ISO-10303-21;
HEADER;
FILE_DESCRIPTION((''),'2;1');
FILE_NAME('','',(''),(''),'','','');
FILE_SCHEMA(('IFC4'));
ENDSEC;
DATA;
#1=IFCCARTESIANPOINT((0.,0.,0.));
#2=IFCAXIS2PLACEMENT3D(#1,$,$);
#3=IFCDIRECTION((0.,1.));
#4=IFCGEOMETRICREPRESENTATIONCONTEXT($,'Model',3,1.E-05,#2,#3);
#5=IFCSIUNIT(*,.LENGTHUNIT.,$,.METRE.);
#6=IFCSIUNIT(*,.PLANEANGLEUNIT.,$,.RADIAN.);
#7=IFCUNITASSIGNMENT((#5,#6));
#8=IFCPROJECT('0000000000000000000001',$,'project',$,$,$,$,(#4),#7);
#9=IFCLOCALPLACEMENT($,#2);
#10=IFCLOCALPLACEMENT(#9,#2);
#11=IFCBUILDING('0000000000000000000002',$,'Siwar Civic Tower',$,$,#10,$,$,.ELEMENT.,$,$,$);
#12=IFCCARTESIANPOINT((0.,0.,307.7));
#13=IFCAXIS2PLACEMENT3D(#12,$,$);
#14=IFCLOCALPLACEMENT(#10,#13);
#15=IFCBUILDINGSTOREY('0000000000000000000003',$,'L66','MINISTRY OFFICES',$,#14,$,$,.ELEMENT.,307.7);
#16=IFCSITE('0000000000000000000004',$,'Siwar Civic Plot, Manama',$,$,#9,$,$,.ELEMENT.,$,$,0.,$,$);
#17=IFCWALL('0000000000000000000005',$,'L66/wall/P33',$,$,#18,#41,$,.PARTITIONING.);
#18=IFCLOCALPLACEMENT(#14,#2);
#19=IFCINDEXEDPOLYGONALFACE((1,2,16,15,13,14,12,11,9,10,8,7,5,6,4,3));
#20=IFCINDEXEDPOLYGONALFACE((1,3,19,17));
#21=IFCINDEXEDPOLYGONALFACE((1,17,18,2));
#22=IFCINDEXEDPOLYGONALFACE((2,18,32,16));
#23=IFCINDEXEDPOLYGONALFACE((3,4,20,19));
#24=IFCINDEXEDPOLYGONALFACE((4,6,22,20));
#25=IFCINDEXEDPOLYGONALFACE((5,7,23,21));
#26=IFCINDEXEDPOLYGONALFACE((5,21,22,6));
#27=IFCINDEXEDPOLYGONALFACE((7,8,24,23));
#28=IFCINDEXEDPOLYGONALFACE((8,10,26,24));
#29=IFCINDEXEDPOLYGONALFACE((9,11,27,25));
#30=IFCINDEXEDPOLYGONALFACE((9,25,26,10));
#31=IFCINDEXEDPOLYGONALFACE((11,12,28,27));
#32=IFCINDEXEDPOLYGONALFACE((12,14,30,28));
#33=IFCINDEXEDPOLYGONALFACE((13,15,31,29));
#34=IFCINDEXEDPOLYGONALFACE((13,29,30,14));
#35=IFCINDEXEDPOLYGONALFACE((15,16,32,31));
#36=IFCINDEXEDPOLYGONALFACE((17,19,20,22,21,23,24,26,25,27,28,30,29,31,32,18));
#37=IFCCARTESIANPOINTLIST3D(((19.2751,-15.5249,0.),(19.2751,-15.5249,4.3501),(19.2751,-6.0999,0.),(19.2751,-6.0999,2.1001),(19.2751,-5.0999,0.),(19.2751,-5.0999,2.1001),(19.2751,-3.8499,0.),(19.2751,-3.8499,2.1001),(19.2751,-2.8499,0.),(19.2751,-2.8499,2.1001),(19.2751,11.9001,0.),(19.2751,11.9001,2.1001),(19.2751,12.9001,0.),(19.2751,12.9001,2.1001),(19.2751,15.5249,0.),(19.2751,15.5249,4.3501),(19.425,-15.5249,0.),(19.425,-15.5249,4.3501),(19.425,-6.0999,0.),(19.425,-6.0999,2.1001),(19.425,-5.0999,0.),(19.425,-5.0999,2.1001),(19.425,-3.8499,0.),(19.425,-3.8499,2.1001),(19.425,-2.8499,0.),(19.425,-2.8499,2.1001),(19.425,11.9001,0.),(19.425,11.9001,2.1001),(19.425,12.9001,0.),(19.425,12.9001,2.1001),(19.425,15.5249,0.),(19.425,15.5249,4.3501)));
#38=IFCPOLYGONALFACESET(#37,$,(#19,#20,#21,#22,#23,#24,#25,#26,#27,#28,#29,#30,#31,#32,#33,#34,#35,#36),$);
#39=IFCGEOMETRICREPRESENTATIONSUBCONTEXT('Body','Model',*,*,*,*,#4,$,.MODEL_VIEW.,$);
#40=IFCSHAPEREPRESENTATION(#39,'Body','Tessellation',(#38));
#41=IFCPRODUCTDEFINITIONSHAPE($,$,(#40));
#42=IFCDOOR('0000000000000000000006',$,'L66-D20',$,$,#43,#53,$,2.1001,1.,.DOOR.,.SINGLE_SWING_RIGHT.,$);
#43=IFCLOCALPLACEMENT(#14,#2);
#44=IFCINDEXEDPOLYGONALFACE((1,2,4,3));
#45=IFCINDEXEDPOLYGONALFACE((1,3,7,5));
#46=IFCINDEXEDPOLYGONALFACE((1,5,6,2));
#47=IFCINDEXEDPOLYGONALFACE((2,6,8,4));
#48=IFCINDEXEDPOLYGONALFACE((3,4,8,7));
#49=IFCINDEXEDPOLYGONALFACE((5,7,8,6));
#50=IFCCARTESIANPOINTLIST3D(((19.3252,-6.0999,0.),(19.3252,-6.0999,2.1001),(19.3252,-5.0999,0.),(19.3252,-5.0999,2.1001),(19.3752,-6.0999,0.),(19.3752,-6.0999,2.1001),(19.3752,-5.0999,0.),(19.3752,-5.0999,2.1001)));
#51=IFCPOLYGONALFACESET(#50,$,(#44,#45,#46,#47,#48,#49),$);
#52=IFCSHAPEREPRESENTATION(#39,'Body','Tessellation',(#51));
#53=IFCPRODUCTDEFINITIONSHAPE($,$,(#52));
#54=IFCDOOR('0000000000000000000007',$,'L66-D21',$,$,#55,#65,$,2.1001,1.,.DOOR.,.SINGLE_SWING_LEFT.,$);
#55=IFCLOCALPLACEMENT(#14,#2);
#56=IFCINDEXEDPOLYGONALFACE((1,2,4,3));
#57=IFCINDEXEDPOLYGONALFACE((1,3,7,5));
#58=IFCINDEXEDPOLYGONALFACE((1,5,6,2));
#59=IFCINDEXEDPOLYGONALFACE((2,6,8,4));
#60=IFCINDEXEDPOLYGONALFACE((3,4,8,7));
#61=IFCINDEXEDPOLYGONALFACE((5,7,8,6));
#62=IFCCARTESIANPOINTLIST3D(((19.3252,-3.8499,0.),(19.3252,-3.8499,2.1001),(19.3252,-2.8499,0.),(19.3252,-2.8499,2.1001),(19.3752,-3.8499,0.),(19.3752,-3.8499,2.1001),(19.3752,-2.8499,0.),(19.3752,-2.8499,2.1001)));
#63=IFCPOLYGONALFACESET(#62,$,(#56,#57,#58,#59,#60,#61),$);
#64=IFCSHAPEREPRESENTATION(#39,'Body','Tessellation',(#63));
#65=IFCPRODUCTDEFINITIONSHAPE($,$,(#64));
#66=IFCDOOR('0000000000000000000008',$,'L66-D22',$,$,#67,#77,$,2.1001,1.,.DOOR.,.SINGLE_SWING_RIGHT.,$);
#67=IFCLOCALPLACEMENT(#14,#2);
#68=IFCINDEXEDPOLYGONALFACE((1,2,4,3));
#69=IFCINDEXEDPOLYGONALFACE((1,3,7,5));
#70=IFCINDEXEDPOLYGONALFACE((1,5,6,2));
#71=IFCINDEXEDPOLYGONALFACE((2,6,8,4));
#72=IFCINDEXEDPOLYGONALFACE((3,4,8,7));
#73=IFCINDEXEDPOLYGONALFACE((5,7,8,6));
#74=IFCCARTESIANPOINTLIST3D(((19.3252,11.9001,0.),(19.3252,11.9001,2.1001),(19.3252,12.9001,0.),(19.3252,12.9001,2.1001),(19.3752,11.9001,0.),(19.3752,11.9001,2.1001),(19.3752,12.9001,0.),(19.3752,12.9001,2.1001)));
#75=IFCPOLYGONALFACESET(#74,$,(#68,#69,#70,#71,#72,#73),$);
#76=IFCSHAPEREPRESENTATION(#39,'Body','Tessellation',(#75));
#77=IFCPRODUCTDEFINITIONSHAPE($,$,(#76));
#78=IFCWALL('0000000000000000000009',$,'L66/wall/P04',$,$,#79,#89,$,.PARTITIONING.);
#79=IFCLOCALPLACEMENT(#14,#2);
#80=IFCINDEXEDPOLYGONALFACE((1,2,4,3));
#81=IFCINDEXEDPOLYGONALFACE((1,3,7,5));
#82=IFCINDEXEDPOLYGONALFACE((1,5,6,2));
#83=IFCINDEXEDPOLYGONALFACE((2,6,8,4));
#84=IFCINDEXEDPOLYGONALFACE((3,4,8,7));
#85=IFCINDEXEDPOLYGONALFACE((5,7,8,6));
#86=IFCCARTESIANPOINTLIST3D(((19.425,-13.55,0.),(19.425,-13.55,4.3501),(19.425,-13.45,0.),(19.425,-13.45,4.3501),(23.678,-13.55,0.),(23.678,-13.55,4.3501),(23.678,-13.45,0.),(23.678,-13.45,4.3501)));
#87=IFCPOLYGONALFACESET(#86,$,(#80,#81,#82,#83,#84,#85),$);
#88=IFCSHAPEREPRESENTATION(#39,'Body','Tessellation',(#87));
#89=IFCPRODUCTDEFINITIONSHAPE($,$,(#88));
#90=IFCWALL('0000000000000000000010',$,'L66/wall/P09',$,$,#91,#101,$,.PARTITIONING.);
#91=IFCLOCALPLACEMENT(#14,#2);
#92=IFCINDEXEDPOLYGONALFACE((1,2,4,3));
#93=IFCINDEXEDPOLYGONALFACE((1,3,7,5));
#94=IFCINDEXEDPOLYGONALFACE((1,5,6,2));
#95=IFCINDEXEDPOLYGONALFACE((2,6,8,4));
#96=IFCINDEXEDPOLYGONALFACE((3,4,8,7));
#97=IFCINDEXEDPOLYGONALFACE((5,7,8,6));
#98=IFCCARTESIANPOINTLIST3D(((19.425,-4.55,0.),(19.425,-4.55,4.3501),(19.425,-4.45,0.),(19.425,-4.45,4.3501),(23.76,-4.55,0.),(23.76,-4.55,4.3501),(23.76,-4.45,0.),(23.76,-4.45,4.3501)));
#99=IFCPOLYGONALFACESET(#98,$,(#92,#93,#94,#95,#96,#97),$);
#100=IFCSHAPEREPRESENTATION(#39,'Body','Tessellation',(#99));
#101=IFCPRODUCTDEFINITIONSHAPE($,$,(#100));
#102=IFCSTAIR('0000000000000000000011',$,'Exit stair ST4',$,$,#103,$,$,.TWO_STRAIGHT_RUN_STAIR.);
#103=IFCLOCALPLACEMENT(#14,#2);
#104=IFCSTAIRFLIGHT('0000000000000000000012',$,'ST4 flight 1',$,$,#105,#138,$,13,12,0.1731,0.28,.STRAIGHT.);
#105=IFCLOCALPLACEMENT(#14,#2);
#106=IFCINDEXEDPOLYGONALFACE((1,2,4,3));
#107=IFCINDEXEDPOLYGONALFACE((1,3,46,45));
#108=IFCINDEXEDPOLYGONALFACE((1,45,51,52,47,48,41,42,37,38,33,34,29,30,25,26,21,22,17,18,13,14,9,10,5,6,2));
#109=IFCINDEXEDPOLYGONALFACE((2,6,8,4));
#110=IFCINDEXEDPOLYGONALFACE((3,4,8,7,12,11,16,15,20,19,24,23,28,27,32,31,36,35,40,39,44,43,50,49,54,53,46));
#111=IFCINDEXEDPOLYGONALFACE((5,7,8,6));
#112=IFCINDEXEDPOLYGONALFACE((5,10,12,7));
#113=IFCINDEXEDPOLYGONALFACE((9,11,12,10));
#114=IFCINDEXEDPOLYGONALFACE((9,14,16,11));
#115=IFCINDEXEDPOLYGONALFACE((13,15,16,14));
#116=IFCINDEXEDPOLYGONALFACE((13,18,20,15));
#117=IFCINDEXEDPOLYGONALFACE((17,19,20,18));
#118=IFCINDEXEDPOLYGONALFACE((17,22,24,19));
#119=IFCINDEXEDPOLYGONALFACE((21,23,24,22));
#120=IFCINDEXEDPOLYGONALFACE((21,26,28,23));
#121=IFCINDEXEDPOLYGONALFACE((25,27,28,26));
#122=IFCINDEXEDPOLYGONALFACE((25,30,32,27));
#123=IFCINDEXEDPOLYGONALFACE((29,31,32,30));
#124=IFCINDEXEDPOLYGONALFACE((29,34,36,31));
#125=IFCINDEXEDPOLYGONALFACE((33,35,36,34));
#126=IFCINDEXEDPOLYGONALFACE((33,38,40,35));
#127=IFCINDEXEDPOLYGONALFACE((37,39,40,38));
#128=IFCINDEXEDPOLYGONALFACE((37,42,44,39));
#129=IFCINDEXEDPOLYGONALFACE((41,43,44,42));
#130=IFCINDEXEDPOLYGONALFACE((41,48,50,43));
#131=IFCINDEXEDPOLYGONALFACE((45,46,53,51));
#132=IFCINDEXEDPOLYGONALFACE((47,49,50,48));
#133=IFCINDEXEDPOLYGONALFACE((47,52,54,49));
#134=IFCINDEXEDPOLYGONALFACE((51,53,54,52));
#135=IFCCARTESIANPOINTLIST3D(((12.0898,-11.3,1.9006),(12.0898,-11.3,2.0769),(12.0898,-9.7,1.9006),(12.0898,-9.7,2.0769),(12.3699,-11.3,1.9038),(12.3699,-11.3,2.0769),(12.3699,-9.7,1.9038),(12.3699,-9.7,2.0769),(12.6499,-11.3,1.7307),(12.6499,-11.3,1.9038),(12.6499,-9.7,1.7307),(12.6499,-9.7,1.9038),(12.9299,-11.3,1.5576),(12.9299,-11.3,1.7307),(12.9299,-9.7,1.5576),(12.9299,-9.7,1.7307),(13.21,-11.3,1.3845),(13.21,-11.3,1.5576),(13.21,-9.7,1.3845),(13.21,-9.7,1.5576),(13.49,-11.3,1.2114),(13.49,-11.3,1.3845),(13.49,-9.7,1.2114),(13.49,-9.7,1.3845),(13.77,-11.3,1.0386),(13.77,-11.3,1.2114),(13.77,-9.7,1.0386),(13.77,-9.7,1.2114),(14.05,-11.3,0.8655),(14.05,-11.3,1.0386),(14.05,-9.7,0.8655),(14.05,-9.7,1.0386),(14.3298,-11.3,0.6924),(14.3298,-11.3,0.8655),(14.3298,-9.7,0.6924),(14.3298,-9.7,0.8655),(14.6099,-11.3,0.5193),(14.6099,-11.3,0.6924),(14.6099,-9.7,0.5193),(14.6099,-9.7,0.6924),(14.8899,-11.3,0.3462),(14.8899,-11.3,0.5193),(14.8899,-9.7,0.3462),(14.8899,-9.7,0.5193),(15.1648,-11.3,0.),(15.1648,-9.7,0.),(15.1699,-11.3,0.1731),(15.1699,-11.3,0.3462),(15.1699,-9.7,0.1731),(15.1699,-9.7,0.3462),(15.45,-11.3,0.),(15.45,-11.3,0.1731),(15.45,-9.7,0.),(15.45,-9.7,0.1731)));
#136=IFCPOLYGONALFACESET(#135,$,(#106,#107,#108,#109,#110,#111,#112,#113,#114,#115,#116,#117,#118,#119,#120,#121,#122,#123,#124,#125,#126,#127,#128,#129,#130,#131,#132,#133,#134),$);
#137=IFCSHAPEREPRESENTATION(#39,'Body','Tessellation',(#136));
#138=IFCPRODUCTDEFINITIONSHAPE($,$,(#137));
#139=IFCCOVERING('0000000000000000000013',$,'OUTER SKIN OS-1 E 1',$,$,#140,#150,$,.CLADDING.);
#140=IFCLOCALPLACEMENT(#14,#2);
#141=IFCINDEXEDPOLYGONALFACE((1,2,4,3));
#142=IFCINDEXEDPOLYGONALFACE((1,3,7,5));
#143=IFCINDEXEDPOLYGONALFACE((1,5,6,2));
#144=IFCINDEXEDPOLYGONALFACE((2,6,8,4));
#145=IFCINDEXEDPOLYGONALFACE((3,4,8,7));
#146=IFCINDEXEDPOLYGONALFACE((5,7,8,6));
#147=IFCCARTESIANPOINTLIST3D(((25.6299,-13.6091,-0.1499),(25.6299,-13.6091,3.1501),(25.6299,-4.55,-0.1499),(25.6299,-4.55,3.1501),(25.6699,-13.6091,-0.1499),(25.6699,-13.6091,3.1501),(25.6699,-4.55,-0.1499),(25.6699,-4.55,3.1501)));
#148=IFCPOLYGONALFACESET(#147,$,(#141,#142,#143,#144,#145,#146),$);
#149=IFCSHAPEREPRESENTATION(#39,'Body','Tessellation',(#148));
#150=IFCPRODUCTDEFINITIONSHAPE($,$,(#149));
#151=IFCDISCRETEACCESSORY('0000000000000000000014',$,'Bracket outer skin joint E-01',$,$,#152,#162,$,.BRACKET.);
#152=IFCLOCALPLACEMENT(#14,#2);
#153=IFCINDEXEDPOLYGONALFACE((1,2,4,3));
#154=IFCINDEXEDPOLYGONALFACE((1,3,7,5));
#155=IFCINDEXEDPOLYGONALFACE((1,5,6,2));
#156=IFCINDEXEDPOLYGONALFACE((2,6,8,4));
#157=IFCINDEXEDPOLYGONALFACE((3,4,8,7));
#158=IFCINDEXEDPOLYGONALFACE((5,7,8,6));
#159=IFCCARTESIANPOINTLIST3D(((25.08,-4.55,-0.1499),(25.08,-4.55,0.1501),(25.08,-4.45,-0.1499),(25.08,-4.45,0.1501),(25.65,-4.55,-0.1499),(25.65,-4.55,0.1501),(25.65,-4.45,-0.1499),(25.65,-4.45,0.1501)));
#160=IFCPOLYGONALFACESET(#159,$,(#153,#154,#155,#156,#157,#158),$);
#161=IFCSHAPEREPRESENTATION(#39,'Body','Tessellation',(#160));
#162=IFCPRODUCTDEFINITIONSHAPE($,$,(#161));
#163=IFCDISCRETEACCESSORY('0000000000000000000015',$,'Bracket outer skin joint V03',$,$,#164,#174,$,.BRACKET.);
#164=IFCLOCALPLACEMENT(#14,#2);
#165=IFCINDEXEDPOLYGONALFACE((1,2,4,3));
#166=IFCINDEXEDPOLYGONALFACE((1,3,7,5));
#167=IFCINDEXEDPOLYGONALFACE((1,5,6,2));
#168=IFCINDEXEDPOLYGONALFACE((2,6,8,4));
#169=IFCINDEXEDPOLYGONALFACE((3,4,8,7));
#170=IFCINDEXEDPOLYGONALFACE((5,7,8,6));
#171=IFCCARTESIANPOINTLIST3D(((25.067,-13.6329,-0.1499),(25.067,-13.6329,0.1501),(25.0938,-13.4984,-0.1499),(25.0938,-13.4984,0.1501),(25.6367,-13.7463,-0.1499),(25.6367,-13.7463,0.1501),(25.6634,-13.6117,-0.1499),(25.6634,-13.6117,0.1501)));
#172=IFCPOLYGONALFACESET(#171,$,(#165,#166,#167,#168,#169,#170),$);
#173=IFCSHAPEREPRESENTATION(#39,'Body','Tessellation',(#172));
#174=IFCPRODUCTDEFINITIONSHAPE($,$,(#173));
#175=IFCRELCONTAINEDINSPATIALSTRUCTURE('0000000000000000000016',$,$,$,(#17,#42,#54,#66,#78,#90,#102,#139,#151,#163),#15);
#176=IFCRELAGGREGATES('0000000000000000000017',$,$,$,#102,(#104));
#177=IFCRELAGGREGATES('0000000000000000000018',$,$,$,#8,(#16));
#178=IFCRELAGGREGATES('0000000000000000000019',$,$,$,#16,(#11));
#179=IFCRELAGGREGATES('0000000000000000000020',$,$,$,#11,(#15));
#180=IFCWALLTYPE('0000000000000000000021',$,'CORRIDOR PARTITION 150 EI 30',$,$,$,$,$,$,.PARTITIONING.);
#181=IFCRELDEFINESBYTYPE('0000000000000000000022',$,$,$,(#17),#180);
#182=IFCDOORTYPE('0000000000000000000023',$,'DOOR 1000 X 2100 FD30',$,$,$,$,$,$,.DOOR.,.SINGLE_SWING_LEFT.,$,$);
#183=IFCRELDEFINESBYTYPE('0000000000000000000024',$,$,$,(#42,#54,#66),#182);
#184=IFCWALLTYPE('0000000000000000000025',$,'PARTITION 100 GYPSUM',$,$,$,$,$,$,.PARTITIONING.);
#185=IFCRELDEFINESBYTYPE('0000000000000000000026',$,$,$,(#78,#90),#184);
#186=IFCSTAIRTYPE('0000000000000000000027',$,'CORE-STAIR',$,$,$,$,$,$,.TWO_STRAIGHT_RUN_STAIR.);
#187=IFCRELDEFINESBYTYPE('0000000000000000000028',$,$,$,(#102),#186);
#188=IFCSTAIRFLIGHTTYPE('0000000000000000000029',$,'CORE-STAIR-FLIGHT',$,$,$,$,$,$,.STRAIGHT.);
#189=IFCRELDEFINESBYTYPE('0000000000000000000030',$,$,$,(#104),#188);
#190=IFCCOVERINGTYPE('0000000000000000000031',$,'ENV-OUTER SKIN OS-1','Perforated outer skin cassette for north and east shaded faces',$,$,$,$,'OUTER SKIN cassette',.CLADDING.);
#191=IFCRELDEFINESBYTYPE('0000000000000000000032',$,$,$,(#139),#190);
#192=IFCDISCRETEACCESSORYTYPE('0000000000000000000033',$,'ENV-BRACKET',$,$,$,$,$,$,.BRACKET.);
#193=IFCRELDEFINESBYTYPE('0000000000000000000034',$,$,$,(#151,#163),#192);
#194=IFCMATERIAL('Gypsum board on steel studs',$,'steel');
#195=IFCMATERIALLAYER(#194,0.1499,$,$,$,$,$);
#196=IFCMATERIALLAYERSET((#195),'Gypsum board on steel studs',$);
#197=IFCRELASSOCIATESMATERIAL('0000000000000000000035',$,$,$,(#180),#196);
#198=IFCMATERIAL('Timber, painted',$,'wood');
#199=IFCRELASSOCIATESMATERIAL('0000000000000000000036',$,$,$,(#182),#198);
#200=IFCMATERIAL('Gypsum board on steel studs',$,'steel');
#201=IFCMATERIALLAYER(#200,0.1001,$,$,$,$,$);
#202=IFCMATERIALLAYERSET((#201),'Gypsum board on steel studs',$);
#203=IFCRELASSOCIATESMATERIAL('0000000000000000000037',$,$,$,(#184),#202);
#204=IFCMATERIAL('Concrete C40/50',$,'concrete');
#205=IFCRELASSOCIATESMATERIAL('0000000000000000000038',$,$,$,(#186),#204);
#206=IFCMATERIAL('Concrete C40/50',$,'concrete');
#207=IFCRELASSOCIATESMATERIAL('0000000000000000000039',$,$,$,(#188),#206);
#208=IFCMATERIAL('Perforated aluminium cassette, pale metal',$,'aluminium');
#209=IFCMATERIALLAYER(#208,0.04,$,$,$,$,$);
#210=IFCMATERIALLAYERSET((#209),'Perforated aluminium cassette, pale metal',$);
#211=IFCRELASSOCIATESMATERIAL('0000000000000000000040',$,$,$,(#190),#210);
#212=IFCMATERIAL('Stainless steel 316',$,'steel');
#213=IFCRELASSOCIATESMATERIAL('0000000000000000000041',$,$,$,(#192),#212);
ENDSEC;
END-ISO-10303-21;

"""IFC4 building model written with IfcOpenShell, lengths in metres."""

from ifc_helpers import new_model, si_unit, direction, frame, frame_2d, origin, origin_2d, place, context, subcontext, project, spatial, polyline, rectangle, outline, extrude, material, layer, layer_set, type_object, element, fill, aggregate, save


model = new_model("IFC4")

# Units and contexts
model_context = context("Model", 3, precision=1e-05, world=origin(), true_north=direction((0.0, 1.0)))
body_context = subcontext(model_context, "Body", "Model", "MODEL_VIEW")
ifc_project = project(units=[si_unit("LENGTHUNIT", "METRE"), si_unit("PLANEANGLEUNIT", "RADIAN")], contexts=[model_context])

# Site, building, storey
site_placement = place(None, origin())
site = spatial("IfcSite", under=ifc_project, at=site_placement, Name="Siwar Civic Plot, Manama", CompositionType="ELEMENT", RefElevation=0.0)
building_placement = place(site_placement, origin())
building = spatial("IfcBuilding", under=site, at=building_placement, Name="Siwar Civic Tower", CompositionType="ELEMENT")
storey_placement = place(building_placement, frame((0.0, 0.0, 307.7)))
storey = spatial("IfcBuildingStorey", under=building, at=storey_placement, Name="L66", Description="MINISTRY OFFICES", CompositionType="ELEMENT", Elevation=307.7)

# Wall, openings, doors
ifc_material_1 = material(Name="Gypsum board on steel studs", Category="steel")
ifc_layer_1 = layer(ifc_material_1, 0.1499)
ifc_layer_set_1 = layer_set([ifc_layer_1], Name="Gypsum board on steel studs")
wall_type_1 = type_object("IfcWallType", Name="CORRIDOR PARTITION 150 EI 30", PredefinedType="PARTITIONING", material=ifc_layer_set_1)
wall_1_placement = place(storey_placement, frame((19.3501, -15.5249, 0.0), z_axis=(0.0, 0.0, 1.0), x_axis=(0.0, 1.0, 0.0)))
wall_1 = element("IfcWall", 1, at=wall_1_placement, inside=storey, type_object=wall_type_1, Name="L66/wall/P33", PredefinedType="PARTITIONING", context=body_context, shape_type="SweptSolid", body=[
    extrude(rectangle(XDim=31.0498, YDim=0.1499, at=frame_2d((15.5249, 0.0))), origin(), (0.0, 0.0, 1.0), 4.3501),
])
opening_1_placement = place(wall_1_placement, frame((9.425, 0.0, 0.0)))
opening_1 = element("IfcOpeningElement", 2, at=opening_1_placement, cuts=wall_1, PredefinedType="OPENING", context=body_context, shape_type="SweptSolid", body=[
    extrude(rectangle(XDim=1.0, YDim=2.1001, at=frame_2d((0.5, 1.05))), frame((0.0, 0.085, 0.0), z_axis=(0.0, -1.0, 0.0), x_axis=(1.0, 0.0, 0.0)), (0.0, 0.0, 1.0), 0.1699),
])
opening_2_placement = place(wall_1_placement, frame((11.675, 0.0, 0.0)))
opening_2 = element("IfcOpeningElement", 3, at=opening_2_placement, cuts=wall_1, PredefinedType="OPENING", context=body_context, shape_type="SweptSolid", body=[
    extrude(rectangle(XDim=1.0, YDim=2.1001, at=frame_2d((0.5, 1.05))), frame((0.0, 0.085, 0.0), z_axis=(0.0, -1.0, 0.0), x_axis=(1.0, 0.0, 0.0)), (0.0, 0.0, 1.0), 0.1699),
])
opening_3_placement = place(wall_1_placement, frame((27.425, 0.0, 0.0)))
opening_3 = element("IfcOpeningElement", 4, at=opening_3_placement, cuts=wall_1, PredefinedType="OPENING", context=body_context, shape_type="SweptSolid", body=[
    extrude(rectangle(XDim=1.0, YDim=2.1001, at=frame_2d((0.5, 1.05))), frame((0.0, 0.085, 0.0), z_axis=(0.0, -1.0, 0.0), x_axis=(1.0, 0.0, 0.0)), (0.0, 0.0, 1.0), 0.1699),
])
ifc_material_2 = material(Name="Timber, painted", Category="wood")
door_type_1 = type_object("IfcDoorType", Name="DOOR 1000 X 2100 FD30", OperationType="SINGLE_SWING_LEFT", PredefinedType="DOOR", material=ifc_material_2)
door_1_placement = place(opening_1_placement, origin())
door_1 = element("IfcDoor", 5, at=door_1_placement, inside=storey, type_object=door_type_1, Name="L66-D20", OperationType="SINGLE_SWING_RIGHT", OverallHeight=2.1001, OverallWidth=1.0, PredefinedType="DOOR", context=body_context, shape_type="SweptSolid", body=[
    extrude(rectangle(XDim=1.0, YDim=2.1001, at=frame_2d((0.5, 1.05))), frame((0.0, 0.0249, 0.0), z_axis=(0.0, -1.0, 0.0), x_axis=(1.0, 0.0, 0.0)), (0.0, 0.0, 1.0), 0.05),
])
fill(opening_1, door_1)
door_2_placement = place(opening_2_placement, origin())
door_2 = element("IfcDoor", 6, at=door_2_placement, inside=storey, type_object=door_type_1, Name="L66-D21", OperationType="SINGLE_SWING_LEFT", OverallHeight=2.1001, OverallWidth=1.0, PredefinedType="DOOR", context=body_context, shape_type="SweptSolid", body=[
    extrude(rectangle(XDim=1.0, YDim=2.1001, at=frame_2d((0.5, 1.05))), frame((0.0, 0.0249, 0.0), z_axis=(0.0, -1.0, 0.0), x_axis=(1.0, 0.0, 0.0)), (0.0, 0.0, 1.0), 0.05),
])
fill(opening_2, door_2)
door_3_placement = place(opening_3_placement, origin())
door_3 = element("IfcDoor", 7, at=door_3_placement, inside=storey, type_object=door_type_1, Name="L66-D22", OperationType="SINGLE_SWING_RIGHT", OverallHeight=2.1001, OverallWidth=1.0, PredefinedType="DOOR", context=body_context, shape_type="SweptSolid", body=[
    extrude(rectangle(XDim=1.0, YDim=2.1001, at=frame_2d((0.5, 1.05))), frame((0.0, 0.0249, 0.0), z_axis=(0.0, -1.0, 0.0), x_axis=(1.0, 0.0, 0.0)), (0.0, 0.0, 1.0), 0.05),
])
fill(opening_3, door_3)

# Walls
ifc_material_3 = material(Name="Gypsum board on steel studs", Category="steel")
ifc_layer_2 = layer(ifc_material_3, 0.1001)
ifc_layer_set_2 = layer_set([ifc_layer_2], Name="Gypsum board on steel studs")
wall_type_2 = type_object("IfcWallType", Name="PARTITION 100 GYPSUM", PredefinedType="PARTITIONING", material=ifc_layer_set_2)
wall_2_placement = place(storey_placement, frame((19.425, -13.5, 0.0), z_axis=(0.0, 0.0, 1.0), x_axis=(1.0, 0.0, 0.0)))
element("IfcWall", 8, at=wall_2_placement, inside=storey, type_object=wall_type_2, Name="L66/wall/P04", PredefinedType="PARTITIONING", context=body_context, shape_type="SweptSolid", body=[
    extrude(rectangle(XDim=4.2529, YDim=0.1001, at=frame_2d((2.1265, 0.0))), origin(), (0.0, 0.0, 1.0), 4.3501),
])
wall_3_placement = place(storey_placement, frame((19.425, -4.5, 0.0), z_axis=(0.0, 0.0, 1.0), x_axis=(1.0, 0.0, 0.0)))
element("IfcWall", 9, at=wall_3_placement, inside=storey, type_object=wall_type_2, Name="L66/wall/P09", PredefinedType="PARTITIONING", context=body_context, shape_type="SweptSolid", body=[
    extrude(rectangle(XDim=4.335, YDim=0.1001, at=frame_2d((2.1675, 0.0))), origin(), (0.0, 0.0, 1.0), 4.3501),
])

# Stair, stair flight
ifc_material_4 = material(Name="Concrete C40/50", Category="concrete")
stair_type = type_object("IfcStairType", Name="CORE-STAIR", PredefinedType="TWO_STRAIGHT_RUN_STAIR", material=ifc_material_4)
stair_placement = place(storey_placement, origin())
stair = element("IfcStair", 10, at=stair_placement, inside=storey, type_object=stair_type, Name="Exit stair ST4", PredefinedType="TWO_STRAIGHT_RUN_STAIR")
ifc_material_5 = material(Name="Concrete C40/50", Category="concrete")
stair_flight_type = type_object("IfcStairFlightType", Name="CORE-STAIR-FLIGHT", PredefinedType="STRAIGHT", material=ifc_material_5)
stair_flight_placement = place(storey_placement, frame((15.45, -10.5, 0.0), z_axis=(0.0, 0.0, 1.0), x_axis=(-1.0, 0.0, 0.0)))
stair_flight = element("IfcStairFlight", 11, at=stair_flight_placement, type_object=stair_flight_type, Name="ST4 flight 1", NumberOfRisers=13, NumberOfTreads=12, PredefinedType="STRAIGHT", RiserHeight=0.1731, TreadLength=0.28, context=body_context, shape_type="SweptSolid", body=[
    extrude(outline(polyline([(0.0, 0.0), (0.0, 0.1731), (0.28, 0.1731), (0.28, 0.3462), (0.5601, 0.3462), (0.5601, 0.5193), (0.8401, 0.5193), (0.8401, 0.6924), (1.1201, 0.6924), (1.1201, 0.8655), (1.3999, 0.8655), (1.3999, 1.0386), (1.6799, 1.0386), (1.6799, 1.2114), (1.96, 1.2114), (1.96, 1.3845), (2.24, 1.3845), (2.24, 1.5576), (2.52, 1.5576), (2.52, 1.7307), (2.8, 1.7307), (2.8, 1.9038), (3.0801, 1.9038), (3.0801, 2.0769), (3.3601, 2.0769), (3.3601, 2.25), (3.3601, 1.9006), (0.2852, 0.0), (0.0, 0.0)])), frame((0.0, 0.8, 0.0), z_axis=(0.0, -1.0, 0.0), x_axis=(1.0, 0.0, 0.0)), (0.0, 0.0, 1.0), 1.6001),
])
aggregate(stair, [stair_flight])

# Covering
ifc_material_6 = material(Name="Perforated aluminium cassette, pale metal", Category="aluminium")
ifc_layer_3 = layer(ifc_material_6, 0.04)
ifc_layer_set_3 = layer_set([ifc_layer_3], Name="Perforated aluminium cassette, pale metal")
covering_type = type_object("IfcCoveringType", Name="ENV-OUTER SKIN OS-1", Description="Perforated outer skin cassette for north and east shaded faces", ElementType="OUTER SKIN cassette", PredefinedType="CLADDING", material=ifc_layer_set_3)
covering_placement = place(storey_placement, frame((25.6499, -9.0796, -0.1499), z_axis=(0.0, 0.0, 1.0), x_axis=(0.0, 1.0, 0.0)))
element("IfcCovering", 12, at=covering_placement, inside=storey, type_object=covering_type, Name="OUTER SKIN OS-1 E 1", PredefinedType="CLADDING", context=body_context, shape_type="SweptSolid", body=[
    extrude(rectangle(XDim=9.0591, YDim=0.04, at=origin_2d()), origin(), (0.0, 0.0, 1.0), 3.3),
])

# Discrete accessories
ifc_material_7 = material(Name="Stainless steel 316", Category="steel")
discrete_accessory_type = type_object("IfcDiscreteAccessoryType", Name="ENV-BRACKET", PredefinedType="BRACKET", material=ifc_material_7)
discrete_accessory_1_placement = place(storey_placement, frame((25.365, -4.5, -0.1499), z_axis=(0.0, 0.0, 1.0), x_axis=(1.0, 0.0, 0.0)))
element("IfcDiscreteAccessory", 13, at=discrete_accessory_1_placement, inside=storey, type_object=discrete_accessory_type, Name="Bracket outer skin joint E-01", PredefinedType="BRACKET", context=body_context, shape_type="SweptSolid", body=[
    extrude(rectangle(XDim=0.5701, YDim=0.1001, at=origin_2d()), origin(), (0.0, 0.0, 1.0), 0.3),
])
discrete_accessory_2_placement = place(storey_placement, frame((25.3652, -13.6223, -0.1499), z_axis=(0.0, 0.0, 1.0), x_axis=(0.980785, -0.19509, 0.0)))
element("IfcDiscreteAccessory", 14, at=discrete_accessory_2_placement, inside=storey, type_object=discrete_accessory_type, Name="Bracket outer skin joint V03", PredefinedType="BRACKET", context=body_context, shape_type="SweptSolid", body=[
    extrude(rectangle(XDim=0.5808, YDim=0.1372, at=origin_2d()), origin(), (0.0, 0.0, 1.0), 0.3),
])

save(model, "model.ifc")
